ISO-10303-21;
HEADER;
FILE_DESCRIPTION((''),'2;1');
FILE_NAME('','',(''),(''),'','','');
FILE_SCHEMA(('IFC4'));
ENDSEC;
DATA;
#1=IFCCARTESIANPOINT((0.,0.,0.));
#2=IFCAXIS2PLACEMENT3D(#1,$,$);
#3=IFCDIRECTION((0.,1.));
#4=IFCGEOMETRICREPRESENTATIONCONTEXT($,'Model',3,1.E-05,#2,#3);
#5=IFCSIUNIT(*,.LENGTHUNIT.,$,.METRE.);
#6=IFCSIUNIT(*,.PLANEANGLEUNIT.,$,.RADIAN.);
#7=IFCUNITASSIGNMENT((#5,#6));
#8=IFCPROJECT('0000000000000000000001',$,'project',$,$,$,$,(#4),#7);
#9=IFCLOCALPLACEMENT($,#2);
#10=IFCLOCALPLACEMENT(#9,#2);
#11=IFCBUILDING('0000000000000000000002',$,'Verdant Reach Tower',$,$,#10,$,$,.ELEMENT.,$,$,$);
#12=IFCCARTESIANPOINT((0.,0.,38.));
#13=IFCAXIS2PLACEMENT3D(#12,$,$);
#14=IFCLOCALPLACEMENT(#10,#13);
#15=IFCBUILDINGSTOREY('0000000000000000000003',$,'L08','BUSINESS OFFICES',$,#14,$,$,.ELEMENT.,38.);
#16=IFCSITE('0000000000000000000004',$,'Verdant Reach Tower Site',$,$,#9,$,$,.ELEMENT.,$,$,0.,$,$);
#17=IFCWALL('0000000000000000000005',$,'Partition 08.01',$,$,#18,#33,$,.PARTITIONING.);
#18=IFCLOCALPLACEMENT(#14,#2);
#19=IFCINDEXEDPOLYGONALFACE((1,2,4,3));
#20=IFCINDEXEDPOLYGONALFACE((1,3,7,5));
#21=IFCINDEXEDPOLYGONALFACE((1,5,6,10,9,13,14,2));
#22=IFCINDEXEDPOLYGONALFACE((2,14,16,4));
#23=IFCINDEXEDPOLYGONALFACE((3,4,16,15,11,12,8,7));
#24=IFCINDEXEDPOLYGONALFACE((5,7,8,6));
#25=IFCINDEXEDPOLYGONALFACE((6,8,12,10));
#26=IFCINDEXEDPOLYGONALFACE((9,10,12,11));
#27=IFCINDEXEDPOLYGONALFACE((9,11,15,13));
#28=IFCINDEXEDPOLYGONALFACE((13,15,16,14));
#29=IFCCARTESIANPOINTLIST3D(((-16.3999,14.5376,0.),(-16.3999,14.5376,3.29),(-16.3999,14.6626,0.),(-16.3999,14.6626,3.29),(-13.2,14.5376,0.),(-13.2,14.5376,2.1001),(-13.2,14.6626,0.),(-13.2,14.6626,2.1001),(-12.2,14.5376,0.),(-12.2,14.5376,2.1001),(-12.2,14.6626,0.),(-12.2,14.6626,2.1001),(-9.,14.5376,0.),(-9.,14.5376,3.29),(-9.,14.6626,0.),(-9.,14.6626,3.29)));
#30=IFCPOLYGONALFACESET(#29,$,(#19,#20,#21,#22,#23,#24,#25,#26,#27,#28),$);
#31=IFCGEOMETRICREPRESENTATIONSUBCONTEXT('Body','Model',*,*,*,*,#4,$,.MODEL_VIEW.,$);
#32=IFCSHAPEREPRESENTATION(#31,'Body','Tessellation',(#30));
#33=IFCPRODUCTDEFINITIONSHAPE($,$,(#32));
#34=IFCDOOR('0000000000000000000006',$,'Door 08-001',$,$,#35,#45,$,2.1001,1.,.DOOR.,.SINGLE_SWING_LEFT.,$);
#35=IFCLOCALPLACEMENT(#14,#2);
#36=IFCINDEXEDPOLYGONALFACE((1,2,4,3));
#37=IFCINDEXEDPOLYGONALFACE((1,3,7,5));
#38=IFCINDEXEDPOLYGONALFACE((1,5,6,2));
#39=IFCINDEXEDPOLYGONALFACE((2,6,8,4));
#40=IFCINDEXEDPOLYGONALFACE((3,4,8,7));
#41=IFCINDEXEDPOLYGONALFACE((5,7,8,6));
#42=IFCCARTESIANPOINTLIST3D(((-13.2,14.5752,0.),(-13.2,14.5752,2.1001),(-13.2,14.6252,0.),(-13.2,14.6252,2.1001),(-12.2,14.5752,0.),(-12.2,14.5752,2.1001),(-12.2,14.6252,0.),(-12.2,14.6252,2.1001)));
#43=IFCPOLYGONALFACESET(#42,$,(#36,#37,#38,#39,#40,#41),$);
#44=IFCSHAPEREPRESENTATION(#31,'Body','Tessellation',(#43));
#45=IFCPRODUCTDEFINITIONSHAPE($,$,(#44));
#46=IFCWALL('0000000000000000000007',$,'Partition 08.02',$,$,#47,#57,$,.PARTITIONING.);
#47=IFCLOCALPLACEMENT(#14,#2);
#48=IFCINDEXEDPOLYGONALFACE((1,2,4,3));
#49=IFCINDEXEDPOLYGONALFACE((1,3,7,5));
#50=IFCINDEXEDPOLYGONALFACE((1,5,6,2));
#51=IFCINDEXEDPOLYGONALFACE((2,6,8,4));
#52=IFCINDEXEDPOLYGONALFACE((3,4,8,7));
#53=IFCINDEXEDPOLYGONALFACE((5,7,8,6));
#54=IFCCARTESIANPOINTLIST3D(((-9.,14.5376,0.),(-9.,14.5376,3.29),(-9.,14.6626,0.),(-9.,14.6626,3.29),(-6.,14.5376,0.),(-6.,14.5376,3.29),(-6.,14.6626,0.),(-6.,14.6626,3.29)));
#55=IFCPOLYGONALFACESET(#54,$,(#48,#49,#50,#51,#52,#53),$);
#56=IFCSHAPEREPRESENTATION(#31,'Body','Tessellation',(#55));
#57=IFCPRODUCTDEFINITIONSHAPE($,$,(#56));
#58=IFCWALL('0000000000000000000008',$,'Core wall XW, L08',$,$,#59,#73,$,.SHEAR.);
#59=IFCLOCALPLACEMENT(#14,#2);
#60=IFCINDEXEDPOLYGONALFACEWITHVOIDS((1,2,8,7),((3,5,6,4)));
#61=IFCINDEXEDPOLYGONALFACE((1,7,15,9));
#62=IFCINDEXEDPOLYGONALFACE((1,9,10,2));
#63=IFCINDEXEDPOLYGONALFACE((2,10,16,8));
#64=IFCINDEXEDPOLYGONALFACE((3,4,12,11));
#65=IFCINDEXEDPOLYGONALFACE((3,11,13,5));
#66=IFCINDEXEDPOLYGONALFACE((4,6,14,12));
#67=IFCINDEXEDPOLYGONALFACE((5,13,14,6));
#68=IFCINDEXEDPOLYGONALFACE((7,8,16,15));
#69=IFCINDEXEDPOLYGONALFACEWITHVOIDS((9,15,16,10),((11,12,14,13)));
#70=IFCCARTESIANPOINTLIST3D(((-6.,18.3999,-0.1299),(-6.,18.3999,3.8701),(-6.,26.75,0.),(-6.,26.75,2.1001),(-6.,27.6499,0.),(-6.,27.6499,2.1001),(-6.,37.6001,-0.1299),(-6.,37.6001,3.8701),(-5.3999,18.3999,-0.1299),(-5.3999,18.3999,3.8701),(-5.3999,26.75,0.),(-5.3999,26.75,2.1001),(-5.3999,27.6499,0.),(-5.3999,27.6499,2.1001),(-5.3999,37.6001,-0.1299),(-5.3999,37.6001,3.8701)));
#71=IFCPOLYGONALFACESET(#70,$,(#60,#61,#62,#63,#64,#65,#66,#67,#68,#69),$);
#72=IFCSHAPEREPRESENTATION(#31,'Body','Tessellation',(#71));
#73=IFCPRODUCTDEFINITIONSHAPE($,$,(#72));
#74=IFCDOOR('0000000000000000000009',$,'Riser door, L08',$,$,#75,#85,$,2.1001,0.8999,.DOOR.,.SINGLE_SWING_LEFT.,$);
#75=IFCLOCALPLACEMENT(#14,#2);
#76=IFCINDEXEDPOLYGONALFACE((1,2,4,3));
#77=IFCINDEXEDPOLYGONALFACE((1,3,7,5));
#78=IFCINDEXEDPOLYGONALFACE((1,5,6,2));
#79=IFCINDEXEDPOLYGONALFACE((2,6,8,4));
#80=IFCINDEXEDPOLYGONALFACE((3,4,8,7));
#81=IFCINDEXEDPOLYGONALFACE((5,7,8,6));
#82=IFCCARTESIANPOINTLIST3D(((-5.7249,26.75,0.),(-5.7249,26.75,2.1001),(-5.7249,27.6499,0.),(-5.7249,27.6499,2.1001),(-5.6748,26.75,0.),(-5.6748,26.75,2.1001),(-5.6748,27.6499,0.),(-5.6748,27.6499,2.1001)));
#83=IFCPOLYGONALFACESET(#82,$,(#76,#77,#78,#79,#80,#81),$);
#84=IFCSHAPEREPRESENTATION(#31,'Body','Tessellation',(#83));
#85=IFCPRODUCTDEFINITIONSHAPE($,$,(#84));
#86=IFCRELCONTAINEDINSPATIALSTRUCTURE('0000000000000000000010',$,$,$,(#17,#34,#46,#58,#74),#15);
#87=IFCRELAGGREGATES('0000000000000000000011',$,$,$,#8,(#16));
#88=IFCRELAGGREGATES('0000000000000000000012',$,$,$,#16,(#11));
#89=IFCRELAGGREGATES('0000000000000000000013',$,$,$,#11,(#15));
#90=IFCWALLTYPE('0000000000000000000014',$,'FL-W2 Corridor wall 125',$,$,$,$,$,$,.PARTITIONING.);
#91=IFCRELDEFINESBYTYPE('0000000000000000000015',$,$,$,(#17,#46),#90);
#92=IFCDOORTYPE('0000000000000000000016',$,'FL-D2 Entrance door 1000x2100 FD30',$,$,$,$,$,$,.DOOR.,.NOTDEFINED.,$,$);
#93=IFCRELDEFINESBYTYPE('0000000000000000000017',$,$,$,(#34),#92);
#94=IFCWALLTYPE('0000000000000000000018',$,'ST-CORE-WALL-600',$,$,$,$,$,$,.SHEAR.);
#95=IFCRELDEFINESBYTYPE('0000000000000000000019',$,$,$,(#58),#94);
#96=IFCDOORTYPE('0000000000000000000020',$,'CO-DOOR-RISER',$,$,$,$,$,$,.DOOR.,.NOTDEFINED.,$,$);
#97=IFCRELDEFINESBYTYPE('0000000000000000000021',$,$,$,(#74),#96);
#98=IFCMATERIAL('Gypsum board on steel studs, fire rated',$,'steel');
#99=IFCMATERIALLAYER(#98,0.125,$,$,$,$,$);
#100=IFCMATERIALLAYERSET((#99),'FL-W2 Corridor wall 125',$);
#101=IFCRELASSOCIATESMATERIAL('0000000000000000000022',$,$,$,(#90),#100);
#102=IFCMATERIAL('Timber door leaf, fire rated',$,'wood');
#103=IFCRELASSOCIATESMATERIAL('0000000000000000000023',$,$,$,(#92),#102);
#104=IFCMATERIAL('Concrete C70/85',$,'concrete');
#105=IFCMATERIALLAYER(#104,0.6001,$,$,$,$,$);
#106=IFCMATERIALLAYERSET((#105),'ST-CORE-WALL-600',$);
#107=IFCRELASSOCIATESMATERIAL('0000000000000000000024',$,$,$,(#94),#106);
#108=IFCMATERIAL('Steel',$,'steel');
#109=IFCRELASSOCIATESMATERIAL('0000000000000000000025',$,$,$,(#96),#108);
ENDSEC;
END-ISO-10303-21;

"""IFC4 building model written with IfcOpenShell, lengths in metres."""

from ifc_helpers import new_model, si_unit, direction, frame, frame_2d, origin, place, context, subcontext, project, spatial, rectangle, extrude, material, layer, layer_set, type_object, element, fill, save


model = new_model("IFC4")

# Units and contexts
model_context = context("Model", 3, precision=1e-05, world=origin(), true_north=direction((0.0, 1.0)))
body_context = subcontext(model_context, "Body", "Model", "MODEL_VIEW")
ifc_project = project(units=[si_unit("LENGTHUNIT", "METRE"), si_unit("PLANEANGLEUNIT", "RADIAN")], contexts=[model_context])

# Site, building, storey
site_placement = place(None, origin())
site = spatial("IfcSite", under=ifc_project, at=site_placement, Name="Verdant Reach Tower Site", CompositionType="ELEMENT", RefElevation=0.0)
building_placement = place(site_placement, origin())
building = spatial("IfcBuilding", under=site, at=building_placement, Name="Verdant Reach Tower", CompositionType="ELEMENT")
storey_placement = place(building_placement, frame((0.0, 0.0, 38.0)))
storey = spatial("IfcBuildingStorey", under=building, at=storey_placement, Name="L08", Description="BUSINESS OFFICES", CompositionType="ELEMENT", Elevation=38.0)

# Wall, opening, door
ifc_material_1 = material(Name="Gypsum board on steel studs, fire rated", Category="steel")
ifc_layer_1 = layer(ifc_material_1, 0.125)
ifc_layer_set_1 = layer_set([ifc_layer_1], Name="FL-W2 Corridor wall 125")
wall_type_1 = type_object("IfcWallType", Name="FL-W2 Corridor wall 125", PredefinedType="PARTITIONING", material=ifc_layer_set_1)
wall_1_placement = place(storey_placement, frame((-9.0, 14.6001, 0.0), z_axis=(0.0, 0.0, 1.0), x_axis=(-1.0, 0.0, 0.0)))
wall_1 = element("IfcWall", 1, at=wall_1_placement, inside=storey, type_object=wall_type_1, Name="Partition 08.01", PredefinedType="PARTITIONING", context=body_context, shape_type="SweptSolid", body=[
    extrude(rectangle(XDim=7.3999, YDim=0.125, at=frame_2d((3.7, 0.0))), origin(), (0.0, 0.0, 1.0), 3.29),
])
opening_1_placement = place(wall_1_placement, frame((3.2, 0.0, 0.0)))
opening_1 = element("IfcOpeningElement", 2, at=opening_1_placement, cuts=wall_1, PredefinedType="OPENING", context=body_context, shape_type="SweptSolid", body=[
    extrude(rectangle(XDim=1.0, YDim=2.1001, at=frame_2d((0.5, 1.05))), frame((0.0, 0.0725, 0.0), z_axis=(0.0, -1.0, 0.0), x_axis=(1.0, 0.0, 0.0)), (0.0, 0.0, 1.0), 0.145),
])
ifc_material_2 = material(Name="Timber door leaf, fire rated", Category="wood")
door_type_1 = type_object("IfcDoorType", Name="FL-D2 Entrance door 1000x2100 FD30", OperationType="NOTDEFINED", PredefinedType="DOOR", material=ifc_material_2)
door_1_placement = place(opening_1_placement, origin())
door_1 = element("IfcDoor", 3, at=door_1_placement, inside=storey, type_object=door_type_1, Name="Door 08-001", OperationType="SINGLE_SWING_LEFT", OverallHeight=2.1001, OverallWidth=1.0, PredefinedType="DOOR", context=body_context, shape_type="SweptSolid", body=[
    extrude(rectangle(XDim=1.0, YDim=2.1001, at=frame_2d((0.5, 1.05))), frame((0.0, 0.0249, 0.0), z_axis=(0.0, -1.0, 0.0), x_axis=(1.0, 0.0, 0.0)), (0.0, 0.0, 1.0), 0.05),
])
fill(opening_1, door_1)

# Wall
wall_2_placement = place(storey_placement, frame((-9.0, 14.6001, 0.0), z_axis=(0.0, 0.0, 1.0), x_axis=(1.0, 0.0, 0.0)))
element("IfcWall", 4, at=wall_2_placement, inside=storey, type_object=wall_type_1, Name="Partition 08.02", PredefinedType="PARTITIONING", context=body_context, shape_type="SweptSolid", body=[
    extrude(rectangle(XDim=3.0, YDim=0.125, at=frame_2d((1.5, 0.0))), origin(), (0.0, 0.0, 1.0), 3.29),
])

# Wall, opening, door
ifc_material_3 = material(Name="Concrete C70/85", Category="concrete")
ifc_layer_2 = layer(ifc_material_3, 0.6001)
ifc_layer_set_2 = layer_set([ifc_layer_2], Name="ST-CORE-WALL-600")
wall_type_2 = type_object("IfcWallType", Name="ST-CORE-WALL-600", PredefinedType="SHEAR", material=ifc_layer_set_2)
wall_3_placement = place(storey_placement, frame((-5.7, 18.3999, -0.1299), z_axis=(0.0, 0.0, 1.0), x_axis=(0.0, 1.0, 0.0)))
wall_3 = element("IfcWall", 5, at=wall_3_placement, inside=storey, type_object=wall_type_2, Name="Core wall XW, L08", PredefinedType="SHEAR", context=body_context, shape_type="SweptSolid", body=[
    extrude(rectangle(XDim=19.2002, YDim=0.6001, at=frame_2d((9.6001, 0.0))), origin(), (0.0, 0.0, 1.0), 4.0),
])
opening_2_placement = place(wall_3_placement, frame((8.3501, 0.0, 0.1299)))
opening_2 = element("IfcOpeningElement", 6, at=opening_2_placement, cuts=wall_3, PredefinedType="OPENING", context=body_context, shape_type="SweptSolid", body=[
    extrude(rectangle(XDim=0.8999, YDim=2.1001, at=frame_2d((0.45, 1.05))), frame((0.0, 0.3101, 0.0), z_axis=(0.0, -1.0, 0.0), x_axis=(1.0, 0.0, 0.0)), (0.0, 0.0, 1.0), 0.6201),
])
ifc_material_4 = material(Name="Steel", Category="steel")
door_type_2 = type_object("IfcDoorType", Name="CO-DOOR-RISER", OperationType="NOTDEFINED", PredefinedType="DOOR", material=ifc_material_4)
door_2_placement = place(opening_2_placement, origin())
door_2 = element("IfcDoor", 7, at=door_2_placement, inside=storey, type_object=door_type_2, Name="Riser door, L08", OperationType="SINGLE_SWING_LEFT", OverallHeight=2.1001, OverallWidth=0.8999, PredefinedType="DOOR", context=body_context, shape_type="SweptSolid", body=[
    extrude(rectangle(XDim=0.8999, YDim=2.1001, at=frame_2d((0.45, 1.05))), frame((0.0, 0.0249, 0.0), z_axis=(0.0, -1.0, 0.0), x_axis=(1.0, 0.0, 0.0)), (0.0, 0.0, 1.0), 0.05),
])
fill(opening_2, door_2)

save(model, "model.ifc")
